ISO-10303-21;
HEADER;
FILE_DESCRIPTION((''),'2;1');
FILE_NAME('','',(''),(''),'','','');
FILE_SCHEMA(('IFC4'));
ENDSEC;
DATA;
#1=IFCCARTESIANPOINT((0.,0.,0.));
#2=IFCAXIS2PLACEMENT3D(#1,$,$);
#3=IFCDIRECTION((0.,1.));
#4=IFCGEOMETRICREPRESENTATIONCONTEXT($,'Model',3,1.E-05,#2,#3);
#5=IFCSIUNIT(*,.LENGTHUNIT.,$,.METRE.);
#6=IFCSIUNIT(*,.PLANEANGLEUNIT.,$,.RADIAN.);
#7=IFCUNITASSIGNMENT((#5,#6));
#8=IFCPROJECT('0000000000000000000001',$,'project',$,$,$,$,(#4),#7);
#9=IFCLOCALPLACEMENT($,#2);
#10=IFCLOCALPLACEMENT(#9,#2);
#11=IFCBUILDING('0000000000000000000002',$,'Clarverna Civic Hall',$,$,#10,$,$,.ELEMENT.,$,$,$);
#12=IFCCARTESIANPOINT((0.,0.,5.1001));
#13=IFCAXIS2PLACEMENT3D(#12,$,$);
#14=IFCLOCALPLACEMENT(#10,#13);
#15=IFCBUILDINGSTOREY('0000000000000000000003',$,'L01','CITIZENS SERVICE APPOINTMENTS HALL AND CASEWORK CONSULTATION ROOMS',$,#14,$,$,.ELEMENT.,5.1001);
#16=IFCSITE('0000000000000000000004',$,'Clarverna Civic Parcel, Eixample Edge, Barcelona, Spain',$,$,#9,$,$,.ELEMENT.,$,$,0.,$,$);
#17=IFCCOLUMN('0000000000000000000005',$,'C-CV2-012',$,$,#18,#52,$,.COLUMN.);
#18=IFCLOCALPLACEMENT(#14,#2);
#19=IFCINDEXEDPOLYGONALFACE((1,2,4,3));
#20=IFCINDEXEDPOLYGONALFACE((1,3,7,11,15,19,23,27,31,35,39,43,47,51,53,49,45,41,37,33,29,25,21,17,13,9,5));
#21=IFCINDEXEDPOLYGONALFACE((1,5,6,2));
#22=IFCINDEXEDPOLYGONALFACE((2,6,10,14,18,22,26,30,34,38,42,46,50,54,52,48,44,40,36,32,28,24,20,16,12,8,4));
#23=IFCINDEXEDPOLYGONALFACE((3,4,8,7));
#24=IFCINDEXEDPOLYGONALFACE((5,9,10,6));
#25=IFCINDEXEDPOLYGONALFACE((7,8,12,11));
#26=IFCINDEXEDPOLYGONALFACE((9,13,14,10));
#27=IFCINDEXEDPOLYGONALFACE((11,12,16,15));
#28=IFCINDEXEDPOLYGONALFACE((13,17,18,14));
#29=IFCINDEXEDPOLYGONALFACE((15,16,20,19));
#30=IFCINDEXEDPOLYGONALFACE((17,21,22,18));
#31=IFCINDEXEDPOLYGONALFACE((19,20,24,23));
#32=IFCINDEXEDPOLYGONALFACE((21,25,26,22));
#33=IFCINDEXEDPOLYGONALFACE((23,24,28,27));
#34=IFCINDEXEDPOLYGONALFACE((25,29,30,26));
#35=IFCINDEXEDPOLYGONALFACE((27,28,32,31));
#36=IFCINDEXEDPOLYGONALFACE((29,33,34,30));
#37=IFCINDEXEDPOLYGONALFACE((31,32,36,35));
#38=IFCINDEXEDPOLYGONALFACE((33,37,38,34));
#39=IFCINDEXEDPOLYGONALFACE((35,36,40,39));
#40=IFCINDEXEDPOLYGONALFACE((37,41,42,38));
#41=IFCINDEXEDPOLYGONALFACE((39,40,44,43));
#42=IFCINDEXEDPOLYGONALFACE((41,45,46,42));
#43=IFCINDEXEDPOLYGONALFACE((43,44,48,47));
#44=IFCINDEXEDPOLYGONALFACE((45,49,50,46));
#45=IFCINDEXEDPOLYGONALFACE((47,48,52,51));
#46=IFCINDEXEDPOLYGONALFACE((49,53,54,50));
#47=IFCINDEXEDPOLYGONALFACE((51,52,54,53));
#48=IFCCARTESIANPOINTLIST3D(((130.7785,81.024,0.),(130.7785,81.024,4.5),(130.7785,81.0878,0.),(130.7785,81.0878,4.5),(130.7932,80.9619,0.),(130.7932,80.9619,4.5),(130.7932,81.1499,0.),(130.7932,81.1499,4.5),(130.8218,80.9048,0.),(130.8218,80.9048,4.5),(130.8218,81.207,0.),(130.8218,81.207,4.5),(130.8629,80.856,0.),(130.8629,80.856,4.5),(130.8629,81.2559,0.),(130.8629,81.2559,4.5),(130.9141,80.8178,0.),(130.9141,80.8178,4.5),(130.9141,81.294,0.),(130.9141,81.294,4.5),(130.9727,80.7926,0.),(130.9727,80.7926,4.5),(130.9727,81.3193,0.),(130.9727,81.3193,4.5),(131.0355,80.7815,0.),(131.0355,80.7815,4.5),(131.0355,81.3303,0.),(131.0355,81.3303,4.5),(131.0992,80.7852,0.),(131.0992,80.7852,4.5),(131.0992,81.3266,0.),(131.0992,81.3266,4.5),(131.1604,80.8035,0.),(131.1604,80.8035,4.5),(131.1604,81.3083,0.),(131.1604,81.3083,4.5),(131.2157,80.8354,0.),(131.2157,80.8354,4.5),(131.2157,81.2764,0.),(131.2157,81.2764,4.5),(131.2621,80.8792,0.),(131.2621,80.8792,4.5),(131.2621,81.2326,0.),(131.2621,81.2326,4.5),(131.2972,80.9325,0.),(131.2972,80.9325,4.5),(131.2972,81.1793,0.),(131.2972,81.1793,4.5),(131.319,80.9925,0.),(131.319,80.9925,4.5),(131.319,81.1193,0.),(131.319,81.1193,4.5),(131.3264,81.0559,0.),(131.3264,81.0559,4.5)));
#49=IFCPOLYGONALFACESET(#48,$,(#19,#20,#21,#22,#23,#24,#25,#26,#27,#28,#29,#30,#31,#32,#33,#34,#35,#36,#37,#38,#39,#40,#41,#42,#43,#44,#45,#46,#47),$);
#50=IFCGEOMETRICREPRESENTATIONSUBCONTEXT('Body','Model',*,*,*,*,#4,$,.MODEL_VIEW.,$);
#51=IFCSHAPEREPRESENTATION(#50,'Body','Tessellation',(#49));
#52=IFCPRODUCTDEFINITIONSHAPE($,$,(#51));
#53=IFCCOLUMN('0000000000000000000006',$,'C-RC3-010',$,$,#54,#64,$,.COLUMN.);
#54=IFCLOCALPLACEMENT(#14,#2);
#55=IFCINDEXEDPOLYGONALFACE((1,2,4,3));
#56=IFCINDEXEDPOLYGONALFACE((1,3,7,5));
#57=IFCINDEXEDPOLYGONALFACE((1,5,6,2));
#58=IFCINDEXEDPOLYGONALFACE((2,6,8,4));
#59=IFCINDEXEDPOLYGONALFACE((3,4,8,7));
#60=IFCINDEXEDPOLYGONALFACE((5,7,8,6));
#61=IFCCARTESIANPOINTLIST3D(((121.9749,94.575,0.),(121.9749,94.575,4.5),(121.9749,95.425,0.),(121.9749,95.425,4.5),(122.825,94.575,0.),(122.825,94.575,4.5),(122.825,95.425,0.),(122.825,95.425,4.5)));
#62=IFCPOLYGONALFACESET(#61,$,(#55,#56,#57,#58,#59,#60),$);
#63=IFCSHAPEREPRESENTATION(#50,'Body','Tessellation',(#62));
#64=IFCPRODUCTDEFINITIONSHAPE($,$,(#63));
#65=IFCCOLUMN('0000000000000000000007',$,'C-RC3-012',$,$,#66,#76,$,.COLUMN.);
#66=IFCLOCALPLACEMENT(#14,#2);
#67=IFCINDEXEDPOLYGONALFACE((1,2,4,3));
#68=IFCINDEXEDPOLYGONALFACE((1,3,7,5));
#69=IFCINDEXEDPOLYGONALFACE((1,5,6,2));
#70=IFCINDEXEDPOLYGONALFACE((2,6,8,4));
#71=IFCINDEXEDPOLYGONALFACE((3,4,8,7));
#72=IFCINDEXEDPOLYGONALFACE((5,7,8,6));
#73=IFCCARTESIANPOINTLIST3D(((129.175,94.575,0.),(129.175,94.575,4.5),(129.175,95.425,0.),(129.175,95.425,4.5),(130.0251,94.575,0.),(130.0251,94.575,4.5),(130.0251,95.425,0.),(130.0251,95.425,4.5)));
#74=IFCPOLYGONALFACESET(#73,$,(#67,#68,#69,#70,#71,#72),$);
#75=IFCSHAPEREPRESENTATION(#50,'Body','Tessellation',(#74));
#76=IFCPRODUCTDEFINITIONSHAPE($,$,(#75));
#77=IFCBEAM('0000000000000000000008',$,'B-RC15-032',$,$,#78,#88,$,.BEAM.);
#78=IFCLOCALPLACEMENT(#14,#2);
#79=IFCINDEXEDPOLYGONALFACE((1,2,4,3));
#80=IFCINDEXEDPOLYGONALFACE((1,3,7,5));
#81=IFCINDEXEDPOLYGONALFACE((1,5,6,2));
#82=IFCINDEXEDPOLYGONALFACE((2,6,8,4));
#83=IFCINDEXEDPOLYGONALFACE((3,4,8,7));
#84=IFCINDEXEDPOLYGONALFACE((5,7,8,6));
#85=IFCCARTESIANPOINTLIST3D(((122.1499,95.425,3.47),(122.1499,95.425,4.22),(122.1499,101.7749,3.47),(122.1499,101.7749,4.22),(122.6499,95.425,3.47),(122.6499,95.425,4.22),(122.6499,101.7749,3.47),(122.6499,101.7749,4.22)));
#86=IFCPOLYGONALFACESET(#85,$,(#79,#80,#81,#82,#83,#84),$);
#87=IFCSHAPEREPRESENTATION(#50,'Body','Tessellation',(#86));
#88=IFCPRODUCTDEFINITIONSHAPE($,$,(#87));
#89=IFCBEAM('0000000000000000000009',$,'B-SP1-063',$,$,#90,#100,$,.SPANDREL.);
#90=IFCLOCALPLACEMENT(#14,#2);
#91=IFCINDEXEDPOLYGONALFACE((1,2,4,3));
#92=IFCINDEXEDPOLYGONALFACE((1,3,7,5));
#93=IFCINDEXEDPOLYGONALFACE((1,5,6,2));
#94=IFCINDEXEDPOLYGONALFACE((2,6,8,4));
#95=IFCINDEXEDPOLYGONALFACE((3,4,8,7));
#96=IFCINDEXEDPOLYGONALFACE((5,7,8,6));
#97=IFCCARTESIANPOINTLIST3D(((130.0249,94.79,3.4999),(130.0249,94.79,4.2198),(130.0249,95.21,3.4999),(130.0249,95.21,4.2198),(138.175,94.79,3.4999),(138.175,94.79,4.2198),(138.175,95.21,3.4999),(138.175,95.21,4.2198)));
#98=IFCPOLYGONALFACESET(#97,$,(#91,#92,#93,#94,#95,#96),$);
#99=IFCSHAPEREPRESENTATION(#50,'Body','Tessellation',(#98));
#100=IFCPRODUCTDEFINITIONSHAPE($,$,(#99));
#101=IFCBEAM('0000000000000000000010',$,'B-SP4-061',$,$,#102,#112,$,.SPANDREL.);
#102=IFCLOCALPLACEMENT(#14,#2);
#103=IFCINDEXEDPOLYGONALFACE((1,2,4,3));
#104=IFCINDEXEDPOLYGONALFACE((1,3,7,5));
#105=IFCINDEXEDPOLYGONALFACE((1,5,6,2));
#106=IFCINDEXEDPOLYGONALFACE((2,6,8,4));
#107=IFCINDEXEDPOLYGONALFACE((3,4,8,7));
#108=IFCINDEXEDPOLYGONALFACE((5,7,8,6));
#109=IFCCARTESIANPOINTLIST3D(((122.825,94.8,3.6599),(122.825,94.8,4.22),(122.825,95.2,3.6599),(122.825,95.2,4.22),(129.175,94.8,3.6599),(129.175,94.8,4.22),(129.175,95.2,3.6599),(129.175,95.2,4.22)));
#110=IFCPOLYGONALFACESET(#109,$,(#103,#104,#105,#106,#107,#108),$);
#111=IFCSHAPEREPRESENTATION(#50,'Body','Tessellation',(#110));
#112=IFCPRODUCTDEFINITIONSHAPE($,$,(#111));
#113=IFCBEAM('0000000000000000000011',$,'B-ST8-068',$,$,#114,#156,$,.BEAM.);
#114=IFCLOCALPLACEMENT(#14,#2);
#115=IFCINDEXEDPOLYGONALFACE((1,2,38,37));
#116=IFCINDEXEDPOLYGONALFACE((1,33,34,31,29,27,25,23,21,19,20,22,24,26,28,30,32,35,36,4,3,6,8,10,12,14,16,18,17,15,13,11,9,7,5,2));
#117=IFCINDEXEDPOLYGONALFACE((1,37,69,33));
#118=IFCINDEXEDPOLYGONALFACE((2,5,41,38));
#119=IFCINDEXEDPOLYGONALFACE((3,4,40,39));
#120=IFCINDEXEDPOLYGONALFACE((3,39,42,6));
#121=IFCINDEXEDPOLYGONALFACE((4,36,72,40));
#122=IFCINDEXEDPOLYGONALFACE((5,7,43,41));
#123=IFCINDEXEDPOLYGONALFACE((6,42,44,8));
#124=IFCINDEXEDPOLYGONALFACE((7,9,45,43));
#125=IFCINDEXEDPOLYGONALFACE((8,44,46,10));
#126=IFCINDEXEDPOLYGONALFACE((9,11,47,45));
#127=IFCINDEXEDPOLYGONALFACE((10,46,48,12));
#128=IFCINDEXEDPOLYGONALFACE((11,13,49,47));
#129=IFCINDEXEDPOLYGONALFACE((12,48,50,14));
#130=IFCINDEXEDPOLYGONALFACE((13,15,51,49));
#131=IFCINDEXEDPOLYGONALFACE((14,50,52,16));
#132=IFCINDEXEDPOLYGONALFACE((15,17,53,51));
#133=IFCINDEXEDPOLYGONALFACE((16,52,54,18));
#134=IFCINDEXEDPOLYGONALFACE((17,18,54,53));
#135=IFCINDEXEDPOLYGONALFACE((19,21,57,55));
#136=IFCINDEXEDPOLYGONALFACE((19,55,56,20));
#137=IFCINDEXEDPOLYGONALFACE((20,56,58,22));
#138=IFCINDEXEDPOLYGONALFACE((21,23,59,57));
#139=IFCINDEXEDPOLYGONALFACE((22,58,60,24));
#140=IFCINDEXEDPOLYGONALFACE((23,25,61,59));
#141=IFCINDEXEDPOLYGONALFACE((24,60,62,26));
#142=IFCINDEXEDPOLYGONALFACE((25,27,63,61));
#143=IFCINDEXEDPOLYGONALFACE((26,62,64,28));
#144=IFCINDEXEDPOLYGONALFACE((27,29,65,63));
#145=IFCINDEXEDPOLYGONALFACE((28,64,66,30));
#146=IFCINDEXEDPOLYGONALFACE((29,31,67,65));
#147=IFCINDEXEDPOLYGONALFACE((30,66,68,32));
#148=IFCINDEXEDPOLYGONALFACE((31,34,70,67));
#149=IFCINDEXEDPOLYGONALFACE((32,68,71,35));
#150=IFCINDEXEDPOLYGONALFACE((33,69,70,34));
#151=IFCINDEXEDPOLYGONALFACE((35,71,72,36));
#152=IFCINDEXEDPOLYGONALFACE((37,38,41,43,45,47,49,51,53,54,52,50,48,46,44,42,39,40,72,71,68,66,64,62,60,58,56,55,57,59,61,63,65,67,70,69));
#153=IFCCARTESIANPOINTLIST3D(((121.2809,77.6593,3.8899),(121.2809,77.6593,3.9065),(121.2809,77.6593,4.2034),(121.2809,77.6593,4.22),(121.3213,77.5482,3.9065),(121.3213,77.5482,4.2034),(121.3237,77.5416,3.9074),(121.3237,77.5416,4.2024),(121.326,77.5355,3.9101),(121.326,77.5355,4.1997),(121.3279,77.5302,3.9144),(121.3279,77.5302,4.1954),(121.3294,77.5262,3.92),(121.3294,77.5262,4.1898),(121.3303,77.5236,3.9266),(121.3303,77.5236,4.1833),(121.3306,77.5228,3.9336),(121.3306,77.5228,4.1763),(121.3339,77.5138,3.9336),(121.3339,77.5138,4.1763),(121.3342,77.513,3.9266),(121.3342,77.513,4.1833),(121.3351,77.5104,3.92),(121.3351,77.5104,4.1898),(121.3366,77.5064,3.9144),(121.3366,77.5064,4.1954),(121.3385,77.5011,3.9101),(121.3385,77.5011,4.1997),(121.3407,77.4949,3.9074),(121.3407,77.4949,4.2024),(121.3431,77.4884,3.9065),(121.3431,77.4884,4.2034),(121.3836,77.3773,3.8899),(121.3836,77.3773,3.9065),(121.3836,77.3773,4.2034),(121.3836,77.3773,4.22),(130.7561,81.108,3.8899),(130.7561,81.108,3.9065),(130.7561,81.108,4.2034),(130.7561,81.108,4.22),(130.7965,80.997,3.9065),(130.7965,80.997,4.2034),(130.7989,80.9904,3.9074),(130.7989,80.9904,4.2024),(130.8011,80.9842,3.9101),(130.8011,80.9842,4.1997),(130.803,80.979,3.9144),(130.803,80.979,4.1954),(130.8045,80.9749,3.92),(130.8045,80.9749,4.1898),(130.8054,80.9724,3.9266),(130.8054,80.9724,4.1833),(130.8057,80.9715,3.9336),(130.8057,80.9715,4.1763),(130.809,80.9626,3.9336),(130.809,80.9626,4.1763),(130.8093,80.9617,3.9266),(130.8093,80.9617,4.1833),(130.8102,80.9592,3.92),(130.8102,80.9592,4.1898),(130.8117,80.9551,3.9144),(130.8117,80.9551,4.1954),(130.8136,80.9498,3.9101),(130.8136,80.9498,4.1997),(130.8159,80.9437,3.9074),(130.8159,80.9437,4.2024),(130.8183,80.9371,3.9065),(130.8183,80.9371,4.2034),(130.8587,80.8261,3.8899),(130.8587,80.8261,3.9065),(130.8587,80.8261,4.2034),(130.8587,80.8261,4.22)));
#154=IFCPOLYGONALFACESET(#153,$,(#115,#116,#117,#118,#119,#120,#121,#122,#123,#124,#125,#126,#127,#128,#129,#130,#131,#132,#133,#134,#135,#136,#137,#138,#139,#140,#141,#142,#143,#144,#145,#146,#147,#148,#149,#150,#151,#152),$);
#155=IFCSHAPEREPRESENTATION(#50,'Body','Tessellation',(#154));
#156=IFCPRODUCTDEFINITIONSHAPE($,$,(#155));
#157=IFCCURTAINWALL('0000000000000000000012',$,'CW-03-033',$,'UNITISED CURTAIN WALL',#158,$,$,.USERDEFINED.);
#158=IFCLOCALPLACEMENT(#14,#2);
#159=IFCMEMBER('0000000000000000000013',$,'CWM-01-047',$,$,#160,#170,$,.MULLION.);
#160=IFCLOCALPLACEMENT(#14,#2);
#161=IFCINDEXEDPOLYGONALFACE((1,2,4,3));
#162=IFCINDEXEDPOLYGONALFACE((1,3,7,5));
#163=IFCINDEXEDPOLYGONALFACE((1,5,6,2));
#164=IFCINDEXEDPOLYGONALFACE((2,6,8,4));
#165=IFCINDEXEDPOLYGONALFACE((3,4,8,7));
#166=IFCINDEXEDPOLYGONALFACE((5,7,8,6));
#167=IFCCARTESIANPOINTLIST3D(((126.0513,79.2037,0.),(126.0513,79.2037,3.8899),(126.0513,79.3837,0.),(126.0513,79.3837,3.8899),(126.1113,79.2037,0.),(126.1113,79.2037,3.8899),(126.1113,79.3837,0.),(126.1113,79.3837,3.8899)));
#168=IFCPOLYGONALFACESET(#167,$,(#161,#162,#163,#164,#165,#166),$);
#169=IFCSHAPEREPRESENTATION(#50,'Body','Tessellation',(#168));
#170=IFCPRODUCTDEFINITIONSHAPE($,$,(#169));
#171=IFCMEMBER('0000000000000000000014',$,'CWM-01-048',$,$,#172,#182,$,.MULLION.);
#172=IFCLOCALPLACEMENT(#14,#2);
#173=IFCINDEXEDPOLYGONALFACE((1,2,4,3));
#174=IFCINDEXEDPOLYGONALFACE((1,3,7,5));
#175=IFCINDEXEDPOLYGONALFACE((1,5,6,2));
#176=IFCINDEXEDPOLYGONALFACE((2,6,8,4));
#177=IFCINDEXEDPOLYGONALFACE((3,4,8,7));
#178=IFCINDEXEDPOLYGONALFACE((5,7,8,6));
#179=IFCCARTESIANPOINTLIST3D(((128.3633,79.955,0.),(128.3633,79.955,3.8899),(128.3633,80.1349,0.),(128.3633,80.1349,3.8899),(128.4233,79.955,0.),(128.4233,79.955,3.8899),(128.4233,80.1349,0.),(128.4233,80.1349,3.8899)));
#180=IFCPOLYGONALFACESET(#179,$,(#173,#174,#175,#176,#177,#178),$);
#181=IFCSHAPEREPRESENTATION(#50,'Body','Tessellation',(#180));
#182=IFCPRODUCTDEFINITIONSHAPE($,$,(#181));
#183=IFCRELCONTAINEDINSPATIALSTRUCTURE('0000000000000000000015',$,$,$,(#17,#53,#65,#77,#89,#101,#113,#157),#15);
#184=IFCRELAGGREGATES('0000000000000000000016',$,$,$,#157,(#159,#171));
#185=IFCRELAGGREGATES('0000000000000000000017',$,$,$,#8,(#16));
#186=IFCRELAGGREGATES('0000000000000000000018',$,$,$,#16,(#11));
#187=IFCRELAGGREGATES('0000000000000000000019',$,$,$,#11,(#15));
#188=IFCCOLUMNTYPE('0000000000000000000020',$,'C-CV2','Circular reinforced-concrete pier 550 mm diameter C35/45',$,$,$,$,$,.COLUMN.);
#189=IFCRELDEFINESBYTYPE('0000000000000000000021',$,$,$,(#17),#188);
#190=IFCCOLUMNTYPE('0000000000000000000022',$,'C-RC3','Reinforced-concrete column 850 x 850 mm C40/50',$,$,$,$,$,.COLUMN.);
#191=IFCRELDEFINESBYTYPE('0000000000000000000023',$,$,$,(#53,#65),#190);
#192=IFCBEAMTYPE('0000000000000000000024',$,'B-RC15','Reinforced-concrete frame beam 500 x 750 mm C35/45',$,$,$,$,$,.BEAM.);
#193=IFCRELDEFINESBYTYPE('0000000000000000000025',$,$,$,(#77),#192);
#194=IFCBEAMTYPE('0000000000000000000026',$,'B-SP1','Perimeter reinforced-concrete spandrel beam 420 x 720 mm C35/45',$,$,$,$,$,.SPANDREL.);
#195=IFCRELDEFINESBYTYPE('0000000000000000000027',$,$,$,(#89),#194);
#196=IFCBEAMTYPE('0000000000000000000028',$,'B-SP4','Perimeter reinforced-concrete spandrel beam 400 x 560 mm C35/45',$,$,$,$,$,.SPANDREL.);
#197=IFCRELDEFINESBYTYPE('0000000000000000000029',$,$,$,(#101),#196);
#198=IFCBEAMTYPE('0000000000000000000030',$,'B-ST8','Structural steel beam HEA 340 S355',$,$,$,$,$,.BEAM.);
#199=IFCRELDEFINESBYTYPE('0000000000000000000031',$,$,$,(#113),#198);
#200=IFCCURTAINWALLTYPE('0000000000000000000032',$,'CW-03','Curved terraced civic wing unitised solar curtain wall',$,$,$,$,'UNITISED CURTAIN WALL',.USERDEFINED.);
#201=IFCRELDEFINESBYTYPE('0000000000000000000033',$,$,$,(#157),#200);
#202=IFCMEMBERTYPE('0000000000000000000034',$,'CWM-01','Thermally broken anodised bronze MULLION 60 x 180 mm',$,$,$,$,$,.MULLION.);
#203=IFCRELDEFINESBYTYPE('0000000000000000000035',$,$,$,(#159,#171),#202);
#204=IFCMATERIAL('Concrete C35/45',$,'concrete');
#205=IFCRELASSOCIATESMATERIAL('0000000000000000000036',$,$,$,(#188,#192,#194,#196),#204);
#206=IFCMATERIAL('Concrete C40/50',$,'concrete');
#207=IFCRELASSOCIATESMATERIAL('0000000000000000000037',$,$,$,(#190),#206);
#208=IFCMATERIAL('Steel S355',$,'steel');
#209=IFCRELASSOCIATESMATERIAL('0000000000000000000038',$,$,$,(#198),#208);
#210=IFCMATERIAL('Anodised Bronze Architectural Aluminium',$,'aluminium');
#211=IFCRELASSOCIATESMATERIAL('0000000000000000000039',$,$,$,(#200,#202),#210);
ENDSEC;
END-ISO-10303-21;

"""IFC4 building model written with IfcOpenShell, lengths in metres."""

from ifc_helpers import new_model, si_unit, direction, frame, origin, origin_2d, place, context, subcontext, project, spatial, rectangle, circle, i_section, extrude, material, material_profile, profile_set, type_object, element, aggregate, save


model = new_model("IFC4")

# Units and contexts
model_context = context("Model", 3, precision=1e-05, world=origin(), true_north=direction((0.0, 1.0)))
body_context = subcontext(model_context, "Body", "Model", "MODEL_VIEW")
ifc_project = project(units=[si_unit("LENGTHUNIT", "METRE"), si_unit("PLANEANGLEUNIT", "RADIAN")], contexts=[model_context])

# Site, building, storey
site_placement = place(None, origin())
site = spatial("IfcSite", under=ifc_project, at=site_placement, Name="Clarverna Civic Parcel, Eixample Edge, Barcelona, Spain", CompositionType="ELEMENT", RefElevation=0.0)
building_placement = place(site_placement, origin())
building = spatial("IfcBuilding", under=site, at=building_placement, Name="Clarverna Civic Hall", CompositionType="ELEMENT")
storey_placement = place(building_placement, frame((0.0, 0.0, 5.1001)))
storey = spatial("IfcBuildingStorey", under=building, at=storey_placement, Name="L01", Description="CITIZENS SERVICE APPOINTMENTS HALL AND CASEWORK CONSULTATION ROOMS", CompositionType="ELEMENT", Elevation=5.1001)

# Columns
ifc_material_1 = material(Name="Concrete C35/45", Category="concrete")
ifc_material_profile_1 = material_profile(ifc_material_1, circle(Radius=0.2749, at=origin_2d()), Name="RC D550")
ifc_profile_set_1 = profile_set([ifc_material_profile_1], Name="Concrete C35/45")
column_type_1 = type_object("IfcColumnType", Name="C-CV2", Description="Circular reinforced-concrete pier 550 mm diameter C35/45", PredefinedType="COLUMN", material=ifc_profile_set_1)
column_placement = place(storey_placement, frame((131.0515, 81.0559, 0.0), z_axis=(0.0, 0.0, 1.0), x_axis=(1.0, 0.0, 0.0)))
element("IfcColumn", 1, at=column_placement, inside=storey, type_object=column_type_1, Name="C-CV2-012", PredefinedType="COLUMN", context=body_context, shape_type="SweptSolid", body=[
    extrude(circle(Radius=0.2749, at=origin_2d()), origin(), (0.0, 0.0, 1.0), 4.5),
])
ifc_material_2 = material(Name="Concrete C40/50", Category="concrete")
ifc_material_profile_2 = material_profile(ifc_material_2, rectangle(XDim=0.8501, YDim=0.8501, at=origin_2d()), Name="RC 850x850")
ifc_profile_set_2 = profile_set([ifc_material_profile_2], Name="Concrete C40/50")
column_type_2 = type_object("IfcColumnType", Name="C-RC3", Description="Reinforced-concrete column 850 x 850 mm C40/50", PredefinedType="COLUMN", material=ifc_profile_set_2)
for number, where, z_axis, x_axis, name in (
    (2, (122.3999, 95.0, 0.0), (0.0, 0.0, 1.0), (1.0, 0.0, 0.0), "C-RC3-010"),
    (3, (129.6001, 95.0, 0.0), (0.0, 0.0, 1.0), (1.0, 0.0, 0.0), "C-RC3-012"),
):
    element("IfcColumn", number, at=place(storey_placement, frame(where, z_axis=z_axis, x_axis=x_axis)), inside=storey, type_object=column_type_2, Name=name, PredefinedType="COLUMN", context=body_context, shape_type="SweptSolid", body=[
        extrude(rectangle(XDim=0.8501, YDim=0.8501, at=origin_2d()), origin(), (0.0, 0.0, 1.0), 4.5),
    ])

# Beams
ifc_material_profile_3 = material_profile(ifc_material_1, rectangle(XDim=0.5, YDim=0.75, at=origin_2d()), Name="RC 500x750")
ifc_profile_set_3 = profile_set([ifc_material_profile_3], Name="Concrete C35/45")
beam_type_1 = type_object("IfcBeamType", Name="B-RC15", Description="Reinforced-concrete frame beam 500 x 750 mm C35/45", PredefinedType="BEAM", material=ifc_profile_set_3)
beam_1_placement = place(storey_placement, frame((122.3999, 95.425, 3.845), z_axis=(0.0, 1.0, 0.0), x_axis=(-1.0, 0.0, 0.0)))
element("IfcBeam", 4, at=beam_1_placement, inside=storey, type_object=beam_type_1, Name="B-RC15-032", PredefinedType="BEAM", context=body_context, shape_type="SweptSolid", body=[
    extrude(rectangle(XDim=0.5, YDim=0.75, at=origin_2d()), origin(), (0.0, 0.0, 1.0), 6.3499),
])
ifc_material_profile_4 = material_profile(ifc_material_1, rectangle(XDim=0.4199, YDim=0.72, at=origin_2d()), Name="RC 420x720")
ifc_profile_set_4 = profile_set([ifc_material_profile_4], Name="Concrete C35/45")
beam_type_2 = type_object("IfcBeamType", Name="B-SP1", Description="Perimeter reinforced-concrete spandrel beam 420 x 720 mm C35/45", PredefinedType="SPANDREL", material=ifc_profile_set_4)
beam_2_placement = place(storey_placement, frame((130.0249, 95.0, 3.8599), z_axis=(1.0, 0.0, 0.0), x_axis=(0.0, 1.0, 0.0)))
element("IfcBeam", 5, at=beam_2_placement, inside=storey, type_object=beam_type_2, Name="B-SP1-063", PredefinedType="SPANDREL", context=body_context, shape_type="SweptSolid", body=[
    extrude(rectangle(XDim=0.4199, YDim=0.72, at=origin_2d()), origin(), (0.0, 0.0, 1.0), 8.1501),
])
ifc_material_profile_5 = material_profile(ifc_material_1, rectangle(XDim=0.3999, YDim=0.5601, at=origin_2d()), Name="RC 400x560")
ifc_profile_set_5 = profile_set([ifc_material_profile_5], Name="Concrete C35/45")
beam_type_3 = type_object("IfcBeamType", Name="B-SP4", Description="Perimeter reinforced-concrete spandrel beam 400 x 560 mm C35/45", PredefinedType="SPANDREL", material=ifc_profile_set_5)
beam_3_placement = place(storey_placement, frame((122.825, 95.0, 3.9399), z_axis=(1.0, 0.0, 0.0), x_axis=(0.0, 1.0, 0.0)))
element("IfcBeam", 6, at=beam_3_placement, inside=storey, type_object=beam_type_3, Name="B-SP4-061", PredefinedType="SPANDREL", context=body_context, shape_type="SweptSolid", body=[
    extrude(rectangle(XDim=0.3999, YDim=0.5601, at=origin_2d()), origin(), (0.0, 0.0, 1.0), 6.3501),
])
ifc_material_3 = material(Name="Steel S355", Category="steel")
ifc_material_profile_6 = material_profile(ifc_material_3, i_section(OverallWidth=0.3, OverallDepth=0.3301, WebThickness=0.0095, FlangeThickness=0.0166, FilletRadius=0.0271, at=origin_2d()), Name="HEA 340")
ifc_profile_set_6 = profile_set([ifc_material_profile_6], Name="Steel S355")
beam_type_4 = type_object("IfcBeamType", Name="B-ST8", Description="Structural steel beam HEA 340 S355", PredefinedType="BEAM", material=ifc_profile_set_6)
beam_4_placement = place(storey_placement, frame((130.8074, 80.967, 4.0549), z_axis=(-0.93969, -0.342027, 0.0), x_axis=(0.342027, -0.93969, 0.0)))
element("IfcBeam", 7, at=beam_4_placement, inside=storey, type_object=beam_type_4, Name="B-ST8-068", PredefinedType="BEAM", context=body_context, shape_type="SweptSolid", body=[
    extrude(i_section(OverallWidth=0.3, OverallDepth=0.3301, WebThickness=0.0095, FlangeThickness=0.0166, FilletRadius=0.0271, at=origin_2d()), origin(), (0.0, 0.0, 1.0), 10.0833),
])

# Curtain wall, members
ifc_material_4 = material(Name="Anodised Bronze Architectural Aluminium", Category="aluminium")
curtain_wall_type = type_object("IfcCurtainWallType", Name="CW-03", Description="Curved terraced civic wing unitised solar curtain wall", ElementType="UNITISED CURTAIN WALL", PredefinedType="USERDEFINED", material=ifc_material_4)
curtain_wall_1_placement = place(storey_placement, origin())
curtain_wall_1 = element("IfcCurtainWall", 8, at=curtain_wall_1_placement, inside=storey, type_object=curtain_wall_type, Name="CW-03-033", ObjectType="UNITISED CURTAIN WALL", PredefinedType="USERDEFINED")
ifc_material_profile_7 = material_profile(ifc_material_4, rectangle(XDim=0.0601, YDim=0.1799, at=origin_2d()), Name="BRONZE 60x180")
ifc_profile_set_7 = profile_set([ifc_material_profile_7], Name="Anodised Bronze Architectural Aluminium")
member_type_1 = type_object("IfcMemberType", Name="CWM-01", Description="Thermally broken anodised bronze MULLION 60 x 180 mm", PredefinedType="MULLION", material=ifc_profile_set_7)
member_1_placement = place(storey_placement, frame((126.0813, 79.2937, 0.0), z_axis=(0.0, 0.0, 1.0), x_axis=(1.0, 0.0, 0.0)))
member_1 = element("IfcMember", 9, at=member_1_placement, type_object=member_type_1, Name="CWM-01-047", PredefinedType="MULLION", context=body_context, shape_type="SweptSolid", body=[
    extrude(rectangle(XDim=0.0601, YDim=0.1799, at=origin_2d()), origin(), (0.0, 0.0, 1.0), 3.8899),
])
member_2_placement = place(storey_placement, frame((128.3933, 80.0449, 0.0), z_axis=(0.0, 0.0, 1.0), x_axis=(1.0, 0.0, 0.0)))
member_2 = element("IfcMember", 10, at=member_2_placement, type_object=member_type_1, Name="CWM-01-048", PredefinedType="MULLION", context=body_context, shape_type="SweptSolid", body=[
    extrude(rectangle(XDim=0.0601, YDim=0.1799, at=origin_2d()), origin(), (0.0, 0.0, 1.0), 3.8899),
])

aggregate(curtain_wall_1, [member_1, member_2])

save(model, "model.ifc")
